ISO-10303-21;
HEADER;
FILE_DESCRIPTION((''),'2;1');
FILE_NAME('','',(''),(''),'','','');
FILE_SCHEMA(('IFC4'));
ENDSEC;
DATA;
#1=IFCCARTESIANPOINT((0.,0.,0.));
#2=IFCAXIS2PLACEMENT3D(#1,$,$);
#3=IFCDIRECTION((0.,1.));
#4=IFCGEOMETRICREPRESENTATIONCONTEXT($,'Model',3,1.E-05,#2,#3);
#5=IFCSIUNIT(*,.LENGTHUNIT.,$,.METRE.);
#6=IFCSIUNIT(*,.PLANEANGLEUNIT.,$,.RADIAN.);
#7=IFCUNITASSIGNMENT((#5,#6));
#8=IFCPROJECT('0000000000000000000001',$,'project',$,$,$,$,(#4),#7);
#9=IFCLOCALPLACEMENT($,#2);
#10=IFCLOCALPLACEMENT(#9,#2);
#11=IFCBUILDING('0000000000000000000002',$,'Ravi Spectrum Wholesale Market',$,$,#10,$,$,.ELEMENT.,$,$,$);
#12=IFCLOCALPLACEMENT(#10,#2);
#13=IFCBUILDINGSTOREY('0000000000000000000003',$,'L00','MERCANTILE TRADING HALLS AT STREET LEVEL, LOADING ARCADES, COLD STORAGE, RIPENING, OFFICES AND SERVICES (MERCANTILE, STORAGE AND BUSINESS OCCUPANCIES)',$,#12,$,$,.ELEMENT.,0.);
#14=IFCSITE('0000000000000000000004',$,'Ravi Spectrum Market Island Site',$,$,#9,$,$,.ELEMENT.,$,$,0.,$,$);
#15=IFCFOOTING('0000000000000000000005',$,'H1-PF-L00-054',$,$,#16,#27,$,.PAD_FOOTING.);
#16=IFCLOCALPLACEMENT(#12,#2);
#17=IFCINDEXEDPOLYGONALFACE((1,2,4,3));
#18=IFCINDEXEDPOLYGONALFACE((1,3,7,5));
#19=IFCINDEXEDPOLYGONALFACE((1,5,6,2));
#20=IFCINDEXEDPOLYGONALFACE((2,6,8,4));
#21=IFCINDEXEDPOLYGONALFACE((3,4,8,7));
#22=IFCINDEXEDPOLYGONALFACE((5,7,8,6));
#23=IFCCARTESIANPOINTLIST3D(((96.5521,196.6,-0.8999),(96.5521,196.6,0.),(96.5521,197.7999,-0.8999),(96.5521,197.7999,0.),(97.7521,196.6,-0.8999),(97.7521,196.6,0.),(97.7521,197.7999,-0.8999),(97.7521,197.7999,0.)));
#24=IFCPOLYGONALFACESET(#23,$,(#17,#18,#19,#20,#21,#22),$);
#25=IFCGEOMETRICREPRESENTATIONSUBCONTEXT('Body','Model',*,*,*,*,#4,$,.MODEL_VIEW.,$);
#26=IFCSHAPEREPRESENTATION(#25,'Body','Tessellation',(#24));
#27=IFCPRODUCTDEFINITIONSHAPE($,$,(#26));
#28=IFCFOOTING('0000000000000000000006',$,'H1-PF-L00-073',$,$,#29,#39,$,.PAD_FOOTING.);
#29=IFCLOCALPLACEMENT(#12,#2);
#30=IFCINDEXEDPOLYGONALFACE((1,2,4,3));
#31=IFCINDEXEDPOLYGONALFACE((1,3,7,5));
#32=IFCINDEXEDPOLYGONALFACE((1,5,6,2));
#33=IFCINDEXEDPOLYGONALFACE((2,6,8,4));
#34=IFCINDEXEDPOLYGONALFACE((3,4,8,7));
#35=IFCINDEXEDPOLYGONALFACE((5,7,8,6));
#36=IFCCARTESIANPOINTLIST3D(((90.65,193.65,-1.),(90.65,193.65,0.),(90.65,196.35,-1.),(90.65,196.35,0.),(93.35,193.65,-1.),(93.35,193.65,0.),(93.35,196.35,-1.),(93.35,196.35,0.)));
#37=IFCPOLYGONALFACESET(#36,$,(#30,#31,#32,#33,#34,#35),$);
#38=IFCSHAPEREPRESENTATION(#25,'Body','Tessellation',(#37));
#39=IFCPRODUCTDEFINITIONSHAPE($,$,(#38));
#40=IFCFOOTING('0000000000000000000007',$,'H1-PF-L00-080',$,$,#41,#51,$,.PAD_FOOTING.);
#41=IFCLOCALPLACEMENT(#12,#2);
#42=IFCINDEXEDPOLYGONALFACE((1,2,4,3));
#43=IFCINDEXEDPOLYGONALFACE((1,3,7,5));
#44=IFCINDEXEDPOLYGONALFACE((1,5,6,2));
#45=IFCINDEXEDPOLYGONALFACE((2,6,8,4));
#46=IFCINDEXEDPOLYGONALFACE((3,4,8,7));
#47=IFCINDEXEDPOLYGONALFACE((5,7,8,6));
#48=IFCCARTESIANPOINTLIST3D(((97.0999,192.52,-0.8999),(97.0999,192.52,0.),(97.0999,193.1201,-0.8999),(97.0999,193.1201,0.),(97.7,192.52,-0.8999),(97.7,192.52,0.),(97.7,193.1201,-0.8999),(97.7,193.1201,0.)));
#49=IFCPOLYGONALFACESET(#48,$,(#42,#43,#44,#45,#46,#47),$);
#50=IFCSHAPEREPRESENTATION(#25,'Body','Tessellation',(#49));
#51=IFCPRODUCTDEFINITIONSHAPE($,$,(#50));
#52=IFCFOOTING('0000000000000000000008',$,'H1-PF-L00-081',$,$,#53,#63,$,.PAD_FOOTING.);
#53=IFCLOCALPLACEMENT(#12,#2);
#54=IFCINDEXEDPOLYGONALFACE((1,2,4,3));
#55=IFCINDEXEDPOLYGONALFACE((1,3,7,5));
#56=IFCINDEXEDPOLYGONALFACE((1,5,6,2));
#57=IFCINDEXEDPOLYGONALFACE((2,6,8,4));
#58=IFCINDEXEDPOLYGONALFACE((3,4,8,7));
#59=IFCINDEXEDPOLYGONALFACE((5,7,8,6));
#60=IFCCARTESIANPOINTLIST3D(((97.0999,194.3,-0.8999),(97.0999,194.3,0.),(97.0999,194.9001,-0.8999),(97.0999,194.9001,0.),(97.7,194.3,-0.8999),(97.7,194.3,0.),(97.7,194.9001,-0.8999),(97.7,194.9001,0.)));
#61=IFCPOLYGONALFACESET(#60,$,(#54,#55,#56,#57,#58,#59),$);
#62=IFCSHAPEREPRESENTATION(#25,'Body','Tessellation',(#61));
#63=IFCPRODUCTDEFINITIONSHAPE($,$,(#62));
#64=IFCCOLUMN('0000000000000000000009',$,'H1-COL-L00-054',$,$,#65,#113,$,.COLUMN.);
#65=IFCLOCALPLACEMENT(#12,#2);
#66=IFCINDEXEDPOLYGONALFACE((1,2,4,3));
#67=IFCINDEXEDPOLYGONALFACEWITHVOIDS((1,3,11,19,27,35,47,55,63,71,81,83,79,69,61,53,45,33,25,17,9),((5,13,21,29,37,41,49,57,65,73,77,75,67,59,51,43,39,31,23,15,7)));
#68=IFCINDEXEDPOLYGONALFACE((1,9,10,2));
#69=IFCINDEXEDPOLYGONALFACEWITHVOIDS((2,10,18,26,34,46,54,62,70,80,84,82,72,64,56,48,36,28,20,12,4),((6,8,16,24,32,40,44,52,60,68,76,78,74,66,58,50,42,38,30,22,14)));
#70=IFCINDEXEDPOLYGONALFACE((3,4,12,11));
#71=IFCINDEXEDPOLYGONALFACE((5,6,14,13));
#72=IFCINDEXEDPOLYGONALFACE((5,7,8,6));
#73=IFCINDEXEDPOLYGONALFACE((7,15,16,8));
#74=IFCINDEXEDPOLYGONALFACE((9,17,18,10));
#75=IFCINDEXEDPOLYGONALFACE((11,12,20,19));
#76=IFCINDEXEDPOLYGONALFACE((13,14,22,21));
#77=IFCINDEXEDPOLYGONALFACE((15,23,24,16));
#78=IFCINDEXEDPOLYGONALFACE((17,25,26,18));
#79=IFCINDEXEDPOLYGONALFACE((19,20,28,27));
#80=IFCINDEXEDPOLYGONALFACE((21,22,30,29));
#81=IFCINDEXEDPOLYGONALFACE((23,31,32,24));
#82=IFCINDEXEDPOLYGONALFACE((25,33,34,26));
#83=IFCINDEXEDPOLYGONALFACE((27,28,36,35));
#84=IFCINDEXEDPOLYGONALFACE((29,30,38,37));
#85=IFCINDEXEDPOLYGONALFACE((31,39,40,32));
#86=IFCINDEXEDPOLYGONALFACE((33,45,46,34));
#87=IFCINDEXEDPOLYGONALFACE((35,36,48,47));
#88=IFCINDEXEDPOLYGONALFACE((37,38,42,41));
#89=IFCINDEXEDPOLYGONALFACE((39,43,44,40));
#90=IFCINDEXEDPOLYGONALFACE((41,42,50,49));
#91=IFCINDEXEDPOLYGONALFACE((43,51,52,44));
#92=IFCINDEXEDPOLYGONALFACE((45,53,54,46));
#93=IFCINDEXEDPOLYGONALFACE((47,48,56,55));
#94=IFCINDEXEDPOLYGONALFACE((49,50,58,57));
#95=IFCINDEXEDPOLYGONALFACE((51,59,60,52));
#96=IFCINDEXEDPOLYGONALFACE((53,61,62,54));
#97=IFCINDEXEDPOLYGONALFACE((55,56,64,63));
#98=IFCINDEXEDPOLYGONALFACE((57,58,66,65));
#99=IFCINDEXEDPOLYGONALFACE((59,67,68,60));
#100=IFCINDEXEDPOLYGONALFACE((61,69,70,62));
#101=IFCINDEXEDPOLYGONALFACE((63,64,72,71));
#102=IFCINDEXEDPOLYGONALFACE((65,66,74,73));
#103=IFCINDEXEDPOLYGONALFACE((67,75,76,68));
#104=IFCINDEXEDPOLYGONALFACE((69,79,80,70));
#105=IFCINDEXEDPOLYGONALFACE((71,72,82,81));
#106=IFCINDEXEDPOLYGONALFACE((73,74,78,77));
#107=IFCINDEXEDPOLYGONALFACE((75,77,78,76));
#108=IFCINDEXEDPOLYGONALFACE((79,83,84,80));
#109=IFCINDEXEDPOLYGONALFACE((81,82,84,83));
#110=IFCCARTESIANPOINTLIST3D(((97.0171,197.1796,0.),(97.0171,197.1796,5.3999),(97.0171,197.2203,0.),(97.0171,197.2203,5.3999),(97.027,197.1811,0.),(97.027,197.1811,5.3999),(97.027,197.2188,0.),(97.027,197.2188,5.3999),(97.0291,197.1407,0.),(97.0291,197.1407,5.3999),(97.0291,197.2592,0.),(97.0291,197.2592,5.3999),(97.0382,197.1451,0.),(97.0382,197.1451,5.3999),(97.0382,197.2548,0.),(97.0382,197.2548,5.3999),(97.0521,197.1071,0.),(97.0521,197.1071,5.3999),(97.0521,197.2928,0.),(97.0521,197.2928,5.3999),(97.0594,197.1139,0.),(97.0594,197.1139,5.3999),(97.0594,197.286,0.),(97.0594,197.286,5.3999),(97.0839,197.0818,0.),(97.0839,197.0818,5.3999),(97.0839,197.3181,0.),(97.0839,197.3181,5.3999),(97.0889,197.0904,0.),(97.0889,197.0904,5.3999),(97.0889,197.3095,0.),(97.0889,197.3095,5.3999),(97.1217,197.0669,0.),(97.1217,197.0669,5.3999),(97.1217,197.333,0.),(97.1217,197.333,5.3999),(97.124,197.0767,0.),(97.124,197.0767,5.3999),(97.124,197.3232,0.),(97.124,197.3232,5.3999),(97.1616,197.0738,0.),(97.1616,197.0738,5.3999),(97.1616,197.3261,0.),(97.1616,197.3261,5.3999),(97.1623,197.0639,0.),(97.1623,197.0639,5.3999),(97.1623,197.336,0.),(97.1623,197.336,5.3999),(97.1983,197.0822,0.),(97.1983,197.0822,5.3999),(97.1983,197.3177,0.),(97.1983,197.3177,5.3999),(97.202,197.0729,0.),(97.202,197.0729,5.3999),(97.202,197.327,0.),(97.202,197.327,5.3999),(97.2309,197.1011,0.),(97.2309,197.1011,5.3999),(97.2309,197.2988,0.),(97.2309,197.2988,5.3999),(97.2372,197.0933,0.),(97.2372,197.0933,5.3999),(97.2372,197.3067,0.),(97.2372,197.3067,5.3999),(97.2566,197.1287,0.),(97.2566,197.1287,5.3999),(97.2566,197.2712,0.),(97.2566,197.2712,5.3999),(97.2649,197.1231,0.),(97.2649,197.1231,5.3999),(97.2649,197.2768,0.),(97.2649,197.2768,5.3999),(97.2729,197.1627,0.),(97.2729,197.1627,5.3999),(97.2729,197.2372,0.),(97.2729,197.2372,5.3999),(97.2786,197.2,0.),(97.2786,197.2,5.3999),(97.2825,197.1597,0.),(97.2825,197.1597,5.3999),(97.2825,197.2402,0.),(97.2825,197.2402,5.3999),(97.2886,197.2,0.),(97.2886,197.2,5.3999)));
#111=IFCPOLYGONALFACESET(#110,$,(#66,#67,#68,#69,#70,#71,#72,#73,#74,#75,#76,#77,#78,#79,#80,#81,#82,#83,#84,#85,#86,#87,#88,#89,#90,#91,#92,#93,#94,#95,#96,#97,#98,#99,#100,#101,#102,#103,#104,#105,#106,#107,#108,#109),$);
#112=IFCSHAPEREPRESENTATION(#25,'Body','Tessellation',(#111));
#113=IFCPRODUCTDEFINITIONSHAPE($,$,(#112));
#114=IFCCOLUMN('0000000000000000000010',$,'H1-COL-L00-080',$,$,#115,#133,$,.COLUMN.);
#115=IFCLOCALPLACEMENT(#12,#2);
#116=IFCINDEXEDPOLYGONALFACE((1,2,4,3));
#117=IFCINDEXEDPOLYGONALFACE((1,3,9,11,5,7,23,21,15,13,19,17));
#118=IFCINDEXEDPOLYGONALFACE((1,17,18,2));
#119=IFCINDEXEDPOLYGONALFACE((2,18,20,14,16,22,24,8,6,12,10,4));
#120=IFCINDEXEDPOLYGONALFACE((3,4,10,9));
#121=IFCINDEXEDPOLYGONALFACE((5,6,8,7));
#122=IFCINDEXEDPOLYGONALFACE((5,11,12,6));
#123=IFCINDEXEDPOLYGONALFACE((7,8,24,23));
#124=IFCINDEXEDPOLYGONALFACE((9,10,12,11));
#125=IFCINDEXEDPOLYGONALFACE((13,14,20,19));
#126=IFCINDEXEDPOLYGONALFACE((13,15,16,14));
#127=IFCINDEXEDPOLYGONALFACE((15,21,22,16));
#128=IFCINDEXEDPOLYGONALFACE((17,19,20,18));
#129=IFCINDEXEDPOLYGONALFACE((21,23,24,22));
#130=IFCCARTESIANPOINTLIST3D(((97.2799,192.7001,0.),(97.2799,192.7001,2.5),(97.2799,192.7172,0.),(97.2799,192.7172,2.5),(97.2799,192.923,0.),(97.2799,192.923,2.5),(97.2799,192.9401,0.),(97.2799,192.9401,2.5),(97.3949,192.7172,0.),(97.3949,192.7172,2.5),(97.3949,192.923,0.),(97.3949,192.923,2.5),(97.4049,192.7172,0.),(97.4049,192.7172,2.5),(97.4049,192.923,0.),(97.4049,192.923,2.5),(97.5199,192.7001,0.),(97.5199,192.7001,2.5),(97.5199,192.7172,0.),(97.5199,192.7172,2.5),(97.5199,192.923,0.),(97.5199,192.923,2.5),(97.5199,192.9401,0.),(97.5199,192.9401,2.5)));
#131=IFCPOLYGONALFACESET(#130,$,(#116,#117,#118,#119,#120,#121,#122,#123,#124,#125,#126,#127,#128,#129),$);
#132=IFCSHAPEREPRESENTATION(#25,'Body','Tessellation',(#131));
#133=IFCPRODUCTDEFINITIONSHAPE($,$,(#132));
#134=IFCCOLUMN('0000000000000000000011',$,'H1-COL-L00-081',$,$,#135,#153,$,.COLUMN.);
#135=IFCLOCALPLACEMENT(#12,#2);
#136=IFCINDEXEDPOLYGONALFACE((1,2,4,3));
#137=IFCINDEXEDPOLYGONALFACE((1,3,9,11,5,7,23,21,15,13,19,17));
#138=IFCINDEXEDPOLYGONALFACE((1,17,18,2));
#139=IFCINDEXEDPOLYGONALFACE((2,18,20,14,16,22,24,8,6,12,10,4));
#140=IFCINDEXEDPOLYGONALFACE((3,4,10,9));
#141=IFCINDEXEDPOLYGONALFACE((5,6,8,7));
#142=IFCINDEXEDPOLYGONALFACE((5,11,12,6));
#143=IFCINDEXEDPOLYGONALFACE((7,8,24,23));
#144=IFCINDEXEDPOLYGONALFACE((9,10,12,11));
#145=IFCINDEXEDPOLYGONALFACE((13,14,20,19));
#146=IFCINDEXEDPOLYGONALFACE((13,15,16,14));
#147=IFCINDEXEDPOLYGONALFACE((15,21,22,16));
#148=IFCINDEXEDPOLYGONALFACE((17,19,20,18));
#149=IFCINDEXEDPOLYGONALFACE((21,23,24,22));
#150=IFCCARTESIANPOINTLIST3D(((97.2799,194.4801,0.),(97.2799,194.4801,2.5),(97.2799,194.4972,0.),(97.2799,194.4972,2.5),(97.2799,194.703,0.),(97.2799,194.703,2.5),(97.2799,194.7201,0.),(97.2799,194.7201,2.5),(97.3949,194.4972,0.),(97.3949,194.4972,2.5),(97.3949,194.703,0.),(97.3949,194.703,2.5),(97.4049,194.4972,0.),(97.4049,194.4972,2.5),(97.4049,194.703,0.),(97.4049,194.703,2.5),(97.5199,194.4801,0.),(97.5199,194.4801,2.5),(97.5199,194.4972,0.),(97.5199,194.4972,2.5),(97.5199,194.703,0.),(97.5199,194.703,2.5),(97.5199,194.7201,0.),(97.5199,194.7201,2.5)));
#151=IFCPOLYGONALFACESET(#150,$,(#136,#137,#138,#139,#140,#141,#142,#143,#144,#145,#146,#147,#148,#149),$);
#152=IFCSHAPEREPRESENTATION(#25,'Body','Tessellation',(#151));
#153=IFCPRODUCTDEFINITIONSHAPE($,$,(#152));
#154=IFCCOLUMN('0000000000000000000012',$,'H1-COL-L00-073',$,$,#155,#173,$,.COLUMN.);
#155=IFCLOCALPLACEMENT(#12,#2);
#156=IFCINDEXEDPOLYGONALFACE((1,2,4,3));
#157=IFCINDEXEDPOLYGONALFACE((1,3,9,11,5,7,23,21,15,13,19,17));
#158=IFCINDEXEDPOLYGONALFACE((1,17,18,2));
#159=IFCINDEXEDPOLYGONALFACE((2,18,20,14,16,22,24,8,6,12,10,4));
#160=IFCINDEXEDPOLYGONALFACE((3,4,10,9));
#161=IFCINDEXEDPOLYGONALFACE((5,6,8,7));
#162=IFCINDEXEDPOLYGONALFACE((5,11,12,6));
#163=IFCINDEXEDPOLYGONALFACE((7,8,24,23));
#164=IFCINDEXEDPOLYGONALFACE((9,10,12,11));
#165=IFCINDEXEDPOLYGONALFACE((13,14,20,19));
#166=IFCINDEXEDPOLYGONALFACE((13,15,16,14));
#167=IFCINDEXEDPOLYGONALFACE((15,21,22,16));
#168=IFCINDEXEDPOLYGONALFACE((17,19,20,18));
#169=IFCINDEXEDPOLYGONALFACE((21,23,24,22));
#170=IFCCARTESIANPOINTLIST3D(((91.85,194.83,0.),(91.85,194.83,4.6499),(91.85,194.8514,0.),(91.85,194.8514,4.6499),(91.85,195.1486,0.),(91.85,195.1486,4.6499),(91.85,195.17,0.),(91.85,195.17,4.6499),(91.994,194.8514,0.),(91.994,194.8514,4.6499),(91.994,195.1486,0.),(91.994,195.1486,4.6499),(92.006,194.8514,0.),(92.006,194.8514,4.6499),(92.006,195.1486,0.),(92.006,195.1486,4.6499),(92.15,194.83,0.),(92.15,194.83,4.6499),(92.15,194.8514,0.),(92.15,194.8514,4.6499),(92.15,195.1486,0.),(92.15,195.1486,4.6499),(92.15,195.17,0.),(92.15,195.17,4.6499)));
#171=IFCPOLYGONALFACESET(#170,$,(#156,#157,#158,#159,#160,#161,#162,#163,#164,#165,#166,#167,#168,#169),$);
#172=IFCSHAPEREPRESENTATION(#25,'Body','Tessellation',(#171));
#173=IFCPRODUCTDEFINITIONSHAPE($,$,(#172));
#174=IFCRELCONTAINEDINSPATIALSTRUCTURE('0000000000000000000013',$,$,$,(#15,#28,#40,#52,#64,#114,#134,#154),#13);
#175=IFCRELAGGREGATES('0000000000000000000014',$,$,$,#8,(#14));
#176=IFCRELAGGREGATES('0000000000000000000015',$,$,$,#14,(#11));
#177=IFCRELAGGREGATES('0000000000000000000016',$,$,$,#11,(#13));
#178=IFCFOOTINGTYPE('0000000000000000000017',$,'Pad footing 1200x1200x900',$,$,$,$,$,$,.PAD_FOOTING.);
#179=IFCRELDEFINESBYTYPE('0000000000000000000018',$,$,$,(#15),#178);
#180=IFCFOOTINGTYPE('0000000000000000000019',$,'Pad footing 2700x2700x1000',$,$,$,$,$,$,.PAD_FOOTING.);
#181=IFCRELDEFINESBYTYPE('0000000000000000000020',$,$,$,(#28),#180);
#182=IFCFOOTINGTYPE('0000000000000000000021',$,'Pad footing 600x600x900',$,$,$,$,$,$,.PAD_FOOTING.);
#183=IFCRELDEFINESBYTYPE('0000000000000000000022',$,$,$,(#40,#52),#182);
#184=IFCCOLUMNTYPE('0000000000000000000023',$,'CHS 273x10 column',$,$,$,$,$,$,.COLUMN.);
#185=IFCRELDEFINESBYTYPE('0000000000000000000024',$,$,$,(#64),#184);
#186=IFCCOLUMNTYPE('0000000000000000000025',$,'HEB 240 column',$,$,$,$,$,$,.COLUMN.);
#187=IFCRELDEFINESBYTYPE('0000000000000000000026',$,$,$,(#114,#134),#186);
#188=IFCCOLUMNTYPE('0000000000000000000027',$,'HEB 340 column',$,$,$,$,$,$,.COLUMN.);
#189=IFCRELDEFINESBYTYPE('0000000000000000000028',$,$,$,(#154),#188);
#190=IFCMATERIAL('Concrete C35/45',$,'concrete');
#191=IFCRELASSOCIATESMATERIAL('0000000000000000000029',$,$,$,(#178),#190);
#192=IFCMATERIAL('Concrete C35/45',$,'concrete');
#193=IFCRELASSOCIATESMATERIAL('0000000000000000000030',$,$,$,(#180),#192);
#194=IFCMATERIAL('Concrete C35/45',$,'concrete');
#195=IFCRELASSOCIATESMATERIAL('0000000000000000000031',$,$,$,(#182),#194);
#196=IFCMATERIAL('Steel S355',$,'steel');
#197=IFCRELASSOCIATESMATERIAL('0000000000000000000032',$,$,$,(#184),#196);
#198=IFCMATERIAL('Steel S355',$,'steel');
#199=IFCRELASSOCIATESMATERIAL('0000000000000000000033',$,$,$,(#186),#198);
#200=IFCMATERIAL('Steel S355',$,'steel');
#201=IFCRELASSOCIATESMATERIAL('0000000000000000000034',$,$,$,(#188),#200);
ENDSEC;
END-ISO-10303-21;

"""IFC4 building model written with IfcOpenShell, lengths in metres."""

from ifc_helpers import new_model, si_unit, direction, frame, origin, origin_2d, place, context, subcontext, project, spatial, rectangle, hollow_circle, i_section, extrude, material, material_profile, profile_set, type_object, element, save


model = new_model("IFC4")

# Units and contexts
model_context = context("Model", 3, precision=1e-05, world=origin(), true_north=direction((0.0, 1.0)))
body_context = subcontext(model_context, "Body", "Model", "MODEL_VIEW")
ifc_project = project(units=[si_unit("LENGTHUNIT", "METRE"), si_unit("PLANEANGLEUNIT", "RADIAN")], contexts=[model_context])

# Site, building, storey
site_placement = place(None, origin())
site = spatial("IfcSite", under=ifc_project, at=site_placement, Name="Ravi Spectrum Market Island Site", CompositionType="ELEMENT", RefElevation=0.0)
building_placement = place(site_placement, origin())
building = spatial("IfcBuilding", under=site, at=building_placement, Name="Ravi Spectrum Wholesale Market", CompositionType="ELEMENT")
storey_placement = place(building_placement, origin())
storey = spatial("IfcBuildingStorey", under=building, at=storey_placement, Name="L00", Description="MERCANTILE TRADING HALLS AT STREET LEVEL, LOADING ARCADES, COLD STORAGE, RIPENING, OFFICES AND SERVICES (MERCANTILE, STORAGE AND BUSINESS OCCUPANCIES)", CompositionType="ELEMENT", Elevation=0.0)

# Footings
ifc_material_1 = material(Name="Concrete C35/45", Category="concrete")
footing_type_1 = type_object("IfcFootingType", Name="Pad footing 1200x1200x900", PredefinedType="PAD_FOOTING", material=ifc_material_1)
footing_1_placement = place(storey_placement, frame((97.1521, 197.2, -0.8999), z_axis=(0.0, 0.0, 1.0), x_axis=(1.0, 0.0, 0.0)))
element("IfcFooting", 1, at=footing_1_placement, inside=storey, type_object=footing_type_1, Name="H1-PF-L00-054", PredefinedType="PAD_FOOTING", context=body_context, shape_type="SweptSolid", body=[
    extrude(rectangle(XDim=1.2, YDim=1.2, at=origin_2d()), origin(), (0.0, 0.0, 1.0), 0.8999),
])
ifc_material_2 = material(Name="Concrete C35/45", Category="concrete")
footing_type_2 = type_object("IfcFootingType", Name="Pad footing 2700x2700x1000", PredefinedType="PAD_FOOTING", material=ifc_material_2)
footing_2_placement = place(storey_placement, frame((92.0, 195.0, -1.0), z_axis=(0.0, 0.0, 1.0), x_axis=(1.0, 0.0, 0.0)))
element("IfcFooting", 2, at=footing_2_placement, inside=storey, type_object=footing_type_2, Name="H1-PF-L00-073", PredefinedType="PAD_FOOTING", context=body_context, shape_type="SweptSolid", body=[
    extrude(rectangle(XDim=2.7, YDim=2.7, at=origin_2d()), origin(), (0.0, 0.0, 1.0), 1.0),
])
ifc_material_3 = material(Name="Concrete C35/45", Category="concrete")
footing_type_3 = type_object("IfcFootingType", Name="Pad footing 600x600x900", PredefinedType="PAD_FOOTING", material=ifc_material_3)
for number, where, z_axis, x_axis, name in (
    (3, (97.3999, 192.8201, -0.8999), (0.0, 0.0, 1.0), (1.0, 0.0, 0.0), "H1-PF-L00-080"),
    (4, (97.3999, 194.6001, -0.8999), (0.0, 0.0, 1.0), (1.0, 0.0, 0.0), "H1-PF-L00-081"),
):
    element("IfcFooting", number, at=place(storey_placement, frame(where, z_axis=z_axis, x_axis=x_axis)), inside=storey, type_object=footing_type_3, Name=name, PredefinedType="PAD_FOOTING", context=body_context, shape_type="SweptSolid", body=[
        extrude(rectangle(XDim=0.6001, YDim=0.6001, at=origin_2d()), origin(), (0.0, 0.0, 1.0), 0.8999),
    ])

# Columns
ifc_material_4 = material(Name="Steel S355", Category="steel")
ifc_material_profile_1 = material_profile(ifc_material_4, hollow_circle(Radius=0.1365, WallThickness=0.01, at=origin_2d()))
ifc_profile_set_1 = profile_set([ifc_material_profile_1], Name="Steel S355")
column_type_1 = type_object("IfcColumnType", Name="CHS 273x10 column", PredefinedType="COLUMN", material=ifc_profile_set_1)
column_1_placement = place(storey_placement, frame((97.1521, 197.2, 0.0), z_axis=(0.0, 0.0, 1.0), x_axis=(1.0, 0.0, 0.0)))
element("IfcColumn", 5, at=column_1_placement, inside=storey, type_object=column_type_1, Name="H1-COL-L00-054", PredefinedType="COLUMN", context=body_context, shape_type="SweptSolid", body=[
    extrude(hollow_circle(Radius=0.1365, WallThickness=0.01, at=origin_2d()), origin(), (0.0, 0.0, 1.0), 5.3999),
])
ifc_material_5 = material(Name="Steel S355", Category="steel")
ifc_material_profile_2 = material_profile(ifc_material_5, i_section(OverallWidth=0.24, OverallDepth=0.24, WebThickness=0.01, FlangeThickness=0.0171, at=origin_2d()))
ifc_profile_set_2 = profile_set([ifc_material_profile_2], Name="Steel S355")
column_type_2 = type_object("IfcColumnType", Name="HEB 240 column", PredefinedType="COLUMN", material=ifc_profile_set_2)
for number, where, z_axis, x_axis, name in (
    (6, (97.3999, 192.8201, 0.0), (0.0, 0.0, 1.0), (1.0, 0.0, 0.0), "H1-COL-L00-080"),
    (7, (97.3999, 194.6001, 0.0), (0.0, 0.0, 1.0), (1.0, 0.0, 0.0), "H1-COL-L00-081"),
):
    element("IfcColumn", number, at=place(storey_placement, frame(where, z_axis=z_axis, x_axis=x_axis)), inside=storey, type_object=column_type_2, Name=name, PredefinedType="COLUMN", context=body_context, shape_type="SweptSolid", body=[
        extrude(i_section(OverallWidth=0.24, OverallDepth=0.24, WebThickness=0.01, FlangeThickness=0.0171, at=origin_2d()), origin(), (0.0, 0.0, 1.0), 2.5),
    ])
ifc_material_6 = material(Name="Steel S355", Category="steel")
ifc_material_profile_3 = material_profile(ifc_material_6, i_section(OverallWidth=0.3, OverallDepth=0.3401, WebThickness=0.012, FlangeThickness=0.0215, at=origin_2d()))
ifc_profile_set_3 = profile_set([ifc_material_profile_3], Name="Steel S355")
column_type_3 = type_object("IfcColumnType", Name="HEB 340 column", PredefinedType="COLUMN", material=ifc_profile_set_3)
column_2_placement = place(storey_placement, frame((92.0, 195.0, 0.0), z_axis=(0.0, 0.0, 1.0), x_axis=(1.0, 0.0, 0.0)))
element("IfcColumn", 8, at=column_2_placement, inside=storey, type_object=column_type_3, Name="H1-COL-L00-073", PredefinedType="COLUMN", context=body_context, shape_type="SweptSolid", body=[
    extrude(i_section(OverallWidth=0.3, OverallDepth=0.3401, WebThickness=0.012, FlangeThickness=0.0215, at=origin_2d()), origin(), (0.0, 0.0, 1.0), 4.6499),
])

save(model, "model.ifc")
